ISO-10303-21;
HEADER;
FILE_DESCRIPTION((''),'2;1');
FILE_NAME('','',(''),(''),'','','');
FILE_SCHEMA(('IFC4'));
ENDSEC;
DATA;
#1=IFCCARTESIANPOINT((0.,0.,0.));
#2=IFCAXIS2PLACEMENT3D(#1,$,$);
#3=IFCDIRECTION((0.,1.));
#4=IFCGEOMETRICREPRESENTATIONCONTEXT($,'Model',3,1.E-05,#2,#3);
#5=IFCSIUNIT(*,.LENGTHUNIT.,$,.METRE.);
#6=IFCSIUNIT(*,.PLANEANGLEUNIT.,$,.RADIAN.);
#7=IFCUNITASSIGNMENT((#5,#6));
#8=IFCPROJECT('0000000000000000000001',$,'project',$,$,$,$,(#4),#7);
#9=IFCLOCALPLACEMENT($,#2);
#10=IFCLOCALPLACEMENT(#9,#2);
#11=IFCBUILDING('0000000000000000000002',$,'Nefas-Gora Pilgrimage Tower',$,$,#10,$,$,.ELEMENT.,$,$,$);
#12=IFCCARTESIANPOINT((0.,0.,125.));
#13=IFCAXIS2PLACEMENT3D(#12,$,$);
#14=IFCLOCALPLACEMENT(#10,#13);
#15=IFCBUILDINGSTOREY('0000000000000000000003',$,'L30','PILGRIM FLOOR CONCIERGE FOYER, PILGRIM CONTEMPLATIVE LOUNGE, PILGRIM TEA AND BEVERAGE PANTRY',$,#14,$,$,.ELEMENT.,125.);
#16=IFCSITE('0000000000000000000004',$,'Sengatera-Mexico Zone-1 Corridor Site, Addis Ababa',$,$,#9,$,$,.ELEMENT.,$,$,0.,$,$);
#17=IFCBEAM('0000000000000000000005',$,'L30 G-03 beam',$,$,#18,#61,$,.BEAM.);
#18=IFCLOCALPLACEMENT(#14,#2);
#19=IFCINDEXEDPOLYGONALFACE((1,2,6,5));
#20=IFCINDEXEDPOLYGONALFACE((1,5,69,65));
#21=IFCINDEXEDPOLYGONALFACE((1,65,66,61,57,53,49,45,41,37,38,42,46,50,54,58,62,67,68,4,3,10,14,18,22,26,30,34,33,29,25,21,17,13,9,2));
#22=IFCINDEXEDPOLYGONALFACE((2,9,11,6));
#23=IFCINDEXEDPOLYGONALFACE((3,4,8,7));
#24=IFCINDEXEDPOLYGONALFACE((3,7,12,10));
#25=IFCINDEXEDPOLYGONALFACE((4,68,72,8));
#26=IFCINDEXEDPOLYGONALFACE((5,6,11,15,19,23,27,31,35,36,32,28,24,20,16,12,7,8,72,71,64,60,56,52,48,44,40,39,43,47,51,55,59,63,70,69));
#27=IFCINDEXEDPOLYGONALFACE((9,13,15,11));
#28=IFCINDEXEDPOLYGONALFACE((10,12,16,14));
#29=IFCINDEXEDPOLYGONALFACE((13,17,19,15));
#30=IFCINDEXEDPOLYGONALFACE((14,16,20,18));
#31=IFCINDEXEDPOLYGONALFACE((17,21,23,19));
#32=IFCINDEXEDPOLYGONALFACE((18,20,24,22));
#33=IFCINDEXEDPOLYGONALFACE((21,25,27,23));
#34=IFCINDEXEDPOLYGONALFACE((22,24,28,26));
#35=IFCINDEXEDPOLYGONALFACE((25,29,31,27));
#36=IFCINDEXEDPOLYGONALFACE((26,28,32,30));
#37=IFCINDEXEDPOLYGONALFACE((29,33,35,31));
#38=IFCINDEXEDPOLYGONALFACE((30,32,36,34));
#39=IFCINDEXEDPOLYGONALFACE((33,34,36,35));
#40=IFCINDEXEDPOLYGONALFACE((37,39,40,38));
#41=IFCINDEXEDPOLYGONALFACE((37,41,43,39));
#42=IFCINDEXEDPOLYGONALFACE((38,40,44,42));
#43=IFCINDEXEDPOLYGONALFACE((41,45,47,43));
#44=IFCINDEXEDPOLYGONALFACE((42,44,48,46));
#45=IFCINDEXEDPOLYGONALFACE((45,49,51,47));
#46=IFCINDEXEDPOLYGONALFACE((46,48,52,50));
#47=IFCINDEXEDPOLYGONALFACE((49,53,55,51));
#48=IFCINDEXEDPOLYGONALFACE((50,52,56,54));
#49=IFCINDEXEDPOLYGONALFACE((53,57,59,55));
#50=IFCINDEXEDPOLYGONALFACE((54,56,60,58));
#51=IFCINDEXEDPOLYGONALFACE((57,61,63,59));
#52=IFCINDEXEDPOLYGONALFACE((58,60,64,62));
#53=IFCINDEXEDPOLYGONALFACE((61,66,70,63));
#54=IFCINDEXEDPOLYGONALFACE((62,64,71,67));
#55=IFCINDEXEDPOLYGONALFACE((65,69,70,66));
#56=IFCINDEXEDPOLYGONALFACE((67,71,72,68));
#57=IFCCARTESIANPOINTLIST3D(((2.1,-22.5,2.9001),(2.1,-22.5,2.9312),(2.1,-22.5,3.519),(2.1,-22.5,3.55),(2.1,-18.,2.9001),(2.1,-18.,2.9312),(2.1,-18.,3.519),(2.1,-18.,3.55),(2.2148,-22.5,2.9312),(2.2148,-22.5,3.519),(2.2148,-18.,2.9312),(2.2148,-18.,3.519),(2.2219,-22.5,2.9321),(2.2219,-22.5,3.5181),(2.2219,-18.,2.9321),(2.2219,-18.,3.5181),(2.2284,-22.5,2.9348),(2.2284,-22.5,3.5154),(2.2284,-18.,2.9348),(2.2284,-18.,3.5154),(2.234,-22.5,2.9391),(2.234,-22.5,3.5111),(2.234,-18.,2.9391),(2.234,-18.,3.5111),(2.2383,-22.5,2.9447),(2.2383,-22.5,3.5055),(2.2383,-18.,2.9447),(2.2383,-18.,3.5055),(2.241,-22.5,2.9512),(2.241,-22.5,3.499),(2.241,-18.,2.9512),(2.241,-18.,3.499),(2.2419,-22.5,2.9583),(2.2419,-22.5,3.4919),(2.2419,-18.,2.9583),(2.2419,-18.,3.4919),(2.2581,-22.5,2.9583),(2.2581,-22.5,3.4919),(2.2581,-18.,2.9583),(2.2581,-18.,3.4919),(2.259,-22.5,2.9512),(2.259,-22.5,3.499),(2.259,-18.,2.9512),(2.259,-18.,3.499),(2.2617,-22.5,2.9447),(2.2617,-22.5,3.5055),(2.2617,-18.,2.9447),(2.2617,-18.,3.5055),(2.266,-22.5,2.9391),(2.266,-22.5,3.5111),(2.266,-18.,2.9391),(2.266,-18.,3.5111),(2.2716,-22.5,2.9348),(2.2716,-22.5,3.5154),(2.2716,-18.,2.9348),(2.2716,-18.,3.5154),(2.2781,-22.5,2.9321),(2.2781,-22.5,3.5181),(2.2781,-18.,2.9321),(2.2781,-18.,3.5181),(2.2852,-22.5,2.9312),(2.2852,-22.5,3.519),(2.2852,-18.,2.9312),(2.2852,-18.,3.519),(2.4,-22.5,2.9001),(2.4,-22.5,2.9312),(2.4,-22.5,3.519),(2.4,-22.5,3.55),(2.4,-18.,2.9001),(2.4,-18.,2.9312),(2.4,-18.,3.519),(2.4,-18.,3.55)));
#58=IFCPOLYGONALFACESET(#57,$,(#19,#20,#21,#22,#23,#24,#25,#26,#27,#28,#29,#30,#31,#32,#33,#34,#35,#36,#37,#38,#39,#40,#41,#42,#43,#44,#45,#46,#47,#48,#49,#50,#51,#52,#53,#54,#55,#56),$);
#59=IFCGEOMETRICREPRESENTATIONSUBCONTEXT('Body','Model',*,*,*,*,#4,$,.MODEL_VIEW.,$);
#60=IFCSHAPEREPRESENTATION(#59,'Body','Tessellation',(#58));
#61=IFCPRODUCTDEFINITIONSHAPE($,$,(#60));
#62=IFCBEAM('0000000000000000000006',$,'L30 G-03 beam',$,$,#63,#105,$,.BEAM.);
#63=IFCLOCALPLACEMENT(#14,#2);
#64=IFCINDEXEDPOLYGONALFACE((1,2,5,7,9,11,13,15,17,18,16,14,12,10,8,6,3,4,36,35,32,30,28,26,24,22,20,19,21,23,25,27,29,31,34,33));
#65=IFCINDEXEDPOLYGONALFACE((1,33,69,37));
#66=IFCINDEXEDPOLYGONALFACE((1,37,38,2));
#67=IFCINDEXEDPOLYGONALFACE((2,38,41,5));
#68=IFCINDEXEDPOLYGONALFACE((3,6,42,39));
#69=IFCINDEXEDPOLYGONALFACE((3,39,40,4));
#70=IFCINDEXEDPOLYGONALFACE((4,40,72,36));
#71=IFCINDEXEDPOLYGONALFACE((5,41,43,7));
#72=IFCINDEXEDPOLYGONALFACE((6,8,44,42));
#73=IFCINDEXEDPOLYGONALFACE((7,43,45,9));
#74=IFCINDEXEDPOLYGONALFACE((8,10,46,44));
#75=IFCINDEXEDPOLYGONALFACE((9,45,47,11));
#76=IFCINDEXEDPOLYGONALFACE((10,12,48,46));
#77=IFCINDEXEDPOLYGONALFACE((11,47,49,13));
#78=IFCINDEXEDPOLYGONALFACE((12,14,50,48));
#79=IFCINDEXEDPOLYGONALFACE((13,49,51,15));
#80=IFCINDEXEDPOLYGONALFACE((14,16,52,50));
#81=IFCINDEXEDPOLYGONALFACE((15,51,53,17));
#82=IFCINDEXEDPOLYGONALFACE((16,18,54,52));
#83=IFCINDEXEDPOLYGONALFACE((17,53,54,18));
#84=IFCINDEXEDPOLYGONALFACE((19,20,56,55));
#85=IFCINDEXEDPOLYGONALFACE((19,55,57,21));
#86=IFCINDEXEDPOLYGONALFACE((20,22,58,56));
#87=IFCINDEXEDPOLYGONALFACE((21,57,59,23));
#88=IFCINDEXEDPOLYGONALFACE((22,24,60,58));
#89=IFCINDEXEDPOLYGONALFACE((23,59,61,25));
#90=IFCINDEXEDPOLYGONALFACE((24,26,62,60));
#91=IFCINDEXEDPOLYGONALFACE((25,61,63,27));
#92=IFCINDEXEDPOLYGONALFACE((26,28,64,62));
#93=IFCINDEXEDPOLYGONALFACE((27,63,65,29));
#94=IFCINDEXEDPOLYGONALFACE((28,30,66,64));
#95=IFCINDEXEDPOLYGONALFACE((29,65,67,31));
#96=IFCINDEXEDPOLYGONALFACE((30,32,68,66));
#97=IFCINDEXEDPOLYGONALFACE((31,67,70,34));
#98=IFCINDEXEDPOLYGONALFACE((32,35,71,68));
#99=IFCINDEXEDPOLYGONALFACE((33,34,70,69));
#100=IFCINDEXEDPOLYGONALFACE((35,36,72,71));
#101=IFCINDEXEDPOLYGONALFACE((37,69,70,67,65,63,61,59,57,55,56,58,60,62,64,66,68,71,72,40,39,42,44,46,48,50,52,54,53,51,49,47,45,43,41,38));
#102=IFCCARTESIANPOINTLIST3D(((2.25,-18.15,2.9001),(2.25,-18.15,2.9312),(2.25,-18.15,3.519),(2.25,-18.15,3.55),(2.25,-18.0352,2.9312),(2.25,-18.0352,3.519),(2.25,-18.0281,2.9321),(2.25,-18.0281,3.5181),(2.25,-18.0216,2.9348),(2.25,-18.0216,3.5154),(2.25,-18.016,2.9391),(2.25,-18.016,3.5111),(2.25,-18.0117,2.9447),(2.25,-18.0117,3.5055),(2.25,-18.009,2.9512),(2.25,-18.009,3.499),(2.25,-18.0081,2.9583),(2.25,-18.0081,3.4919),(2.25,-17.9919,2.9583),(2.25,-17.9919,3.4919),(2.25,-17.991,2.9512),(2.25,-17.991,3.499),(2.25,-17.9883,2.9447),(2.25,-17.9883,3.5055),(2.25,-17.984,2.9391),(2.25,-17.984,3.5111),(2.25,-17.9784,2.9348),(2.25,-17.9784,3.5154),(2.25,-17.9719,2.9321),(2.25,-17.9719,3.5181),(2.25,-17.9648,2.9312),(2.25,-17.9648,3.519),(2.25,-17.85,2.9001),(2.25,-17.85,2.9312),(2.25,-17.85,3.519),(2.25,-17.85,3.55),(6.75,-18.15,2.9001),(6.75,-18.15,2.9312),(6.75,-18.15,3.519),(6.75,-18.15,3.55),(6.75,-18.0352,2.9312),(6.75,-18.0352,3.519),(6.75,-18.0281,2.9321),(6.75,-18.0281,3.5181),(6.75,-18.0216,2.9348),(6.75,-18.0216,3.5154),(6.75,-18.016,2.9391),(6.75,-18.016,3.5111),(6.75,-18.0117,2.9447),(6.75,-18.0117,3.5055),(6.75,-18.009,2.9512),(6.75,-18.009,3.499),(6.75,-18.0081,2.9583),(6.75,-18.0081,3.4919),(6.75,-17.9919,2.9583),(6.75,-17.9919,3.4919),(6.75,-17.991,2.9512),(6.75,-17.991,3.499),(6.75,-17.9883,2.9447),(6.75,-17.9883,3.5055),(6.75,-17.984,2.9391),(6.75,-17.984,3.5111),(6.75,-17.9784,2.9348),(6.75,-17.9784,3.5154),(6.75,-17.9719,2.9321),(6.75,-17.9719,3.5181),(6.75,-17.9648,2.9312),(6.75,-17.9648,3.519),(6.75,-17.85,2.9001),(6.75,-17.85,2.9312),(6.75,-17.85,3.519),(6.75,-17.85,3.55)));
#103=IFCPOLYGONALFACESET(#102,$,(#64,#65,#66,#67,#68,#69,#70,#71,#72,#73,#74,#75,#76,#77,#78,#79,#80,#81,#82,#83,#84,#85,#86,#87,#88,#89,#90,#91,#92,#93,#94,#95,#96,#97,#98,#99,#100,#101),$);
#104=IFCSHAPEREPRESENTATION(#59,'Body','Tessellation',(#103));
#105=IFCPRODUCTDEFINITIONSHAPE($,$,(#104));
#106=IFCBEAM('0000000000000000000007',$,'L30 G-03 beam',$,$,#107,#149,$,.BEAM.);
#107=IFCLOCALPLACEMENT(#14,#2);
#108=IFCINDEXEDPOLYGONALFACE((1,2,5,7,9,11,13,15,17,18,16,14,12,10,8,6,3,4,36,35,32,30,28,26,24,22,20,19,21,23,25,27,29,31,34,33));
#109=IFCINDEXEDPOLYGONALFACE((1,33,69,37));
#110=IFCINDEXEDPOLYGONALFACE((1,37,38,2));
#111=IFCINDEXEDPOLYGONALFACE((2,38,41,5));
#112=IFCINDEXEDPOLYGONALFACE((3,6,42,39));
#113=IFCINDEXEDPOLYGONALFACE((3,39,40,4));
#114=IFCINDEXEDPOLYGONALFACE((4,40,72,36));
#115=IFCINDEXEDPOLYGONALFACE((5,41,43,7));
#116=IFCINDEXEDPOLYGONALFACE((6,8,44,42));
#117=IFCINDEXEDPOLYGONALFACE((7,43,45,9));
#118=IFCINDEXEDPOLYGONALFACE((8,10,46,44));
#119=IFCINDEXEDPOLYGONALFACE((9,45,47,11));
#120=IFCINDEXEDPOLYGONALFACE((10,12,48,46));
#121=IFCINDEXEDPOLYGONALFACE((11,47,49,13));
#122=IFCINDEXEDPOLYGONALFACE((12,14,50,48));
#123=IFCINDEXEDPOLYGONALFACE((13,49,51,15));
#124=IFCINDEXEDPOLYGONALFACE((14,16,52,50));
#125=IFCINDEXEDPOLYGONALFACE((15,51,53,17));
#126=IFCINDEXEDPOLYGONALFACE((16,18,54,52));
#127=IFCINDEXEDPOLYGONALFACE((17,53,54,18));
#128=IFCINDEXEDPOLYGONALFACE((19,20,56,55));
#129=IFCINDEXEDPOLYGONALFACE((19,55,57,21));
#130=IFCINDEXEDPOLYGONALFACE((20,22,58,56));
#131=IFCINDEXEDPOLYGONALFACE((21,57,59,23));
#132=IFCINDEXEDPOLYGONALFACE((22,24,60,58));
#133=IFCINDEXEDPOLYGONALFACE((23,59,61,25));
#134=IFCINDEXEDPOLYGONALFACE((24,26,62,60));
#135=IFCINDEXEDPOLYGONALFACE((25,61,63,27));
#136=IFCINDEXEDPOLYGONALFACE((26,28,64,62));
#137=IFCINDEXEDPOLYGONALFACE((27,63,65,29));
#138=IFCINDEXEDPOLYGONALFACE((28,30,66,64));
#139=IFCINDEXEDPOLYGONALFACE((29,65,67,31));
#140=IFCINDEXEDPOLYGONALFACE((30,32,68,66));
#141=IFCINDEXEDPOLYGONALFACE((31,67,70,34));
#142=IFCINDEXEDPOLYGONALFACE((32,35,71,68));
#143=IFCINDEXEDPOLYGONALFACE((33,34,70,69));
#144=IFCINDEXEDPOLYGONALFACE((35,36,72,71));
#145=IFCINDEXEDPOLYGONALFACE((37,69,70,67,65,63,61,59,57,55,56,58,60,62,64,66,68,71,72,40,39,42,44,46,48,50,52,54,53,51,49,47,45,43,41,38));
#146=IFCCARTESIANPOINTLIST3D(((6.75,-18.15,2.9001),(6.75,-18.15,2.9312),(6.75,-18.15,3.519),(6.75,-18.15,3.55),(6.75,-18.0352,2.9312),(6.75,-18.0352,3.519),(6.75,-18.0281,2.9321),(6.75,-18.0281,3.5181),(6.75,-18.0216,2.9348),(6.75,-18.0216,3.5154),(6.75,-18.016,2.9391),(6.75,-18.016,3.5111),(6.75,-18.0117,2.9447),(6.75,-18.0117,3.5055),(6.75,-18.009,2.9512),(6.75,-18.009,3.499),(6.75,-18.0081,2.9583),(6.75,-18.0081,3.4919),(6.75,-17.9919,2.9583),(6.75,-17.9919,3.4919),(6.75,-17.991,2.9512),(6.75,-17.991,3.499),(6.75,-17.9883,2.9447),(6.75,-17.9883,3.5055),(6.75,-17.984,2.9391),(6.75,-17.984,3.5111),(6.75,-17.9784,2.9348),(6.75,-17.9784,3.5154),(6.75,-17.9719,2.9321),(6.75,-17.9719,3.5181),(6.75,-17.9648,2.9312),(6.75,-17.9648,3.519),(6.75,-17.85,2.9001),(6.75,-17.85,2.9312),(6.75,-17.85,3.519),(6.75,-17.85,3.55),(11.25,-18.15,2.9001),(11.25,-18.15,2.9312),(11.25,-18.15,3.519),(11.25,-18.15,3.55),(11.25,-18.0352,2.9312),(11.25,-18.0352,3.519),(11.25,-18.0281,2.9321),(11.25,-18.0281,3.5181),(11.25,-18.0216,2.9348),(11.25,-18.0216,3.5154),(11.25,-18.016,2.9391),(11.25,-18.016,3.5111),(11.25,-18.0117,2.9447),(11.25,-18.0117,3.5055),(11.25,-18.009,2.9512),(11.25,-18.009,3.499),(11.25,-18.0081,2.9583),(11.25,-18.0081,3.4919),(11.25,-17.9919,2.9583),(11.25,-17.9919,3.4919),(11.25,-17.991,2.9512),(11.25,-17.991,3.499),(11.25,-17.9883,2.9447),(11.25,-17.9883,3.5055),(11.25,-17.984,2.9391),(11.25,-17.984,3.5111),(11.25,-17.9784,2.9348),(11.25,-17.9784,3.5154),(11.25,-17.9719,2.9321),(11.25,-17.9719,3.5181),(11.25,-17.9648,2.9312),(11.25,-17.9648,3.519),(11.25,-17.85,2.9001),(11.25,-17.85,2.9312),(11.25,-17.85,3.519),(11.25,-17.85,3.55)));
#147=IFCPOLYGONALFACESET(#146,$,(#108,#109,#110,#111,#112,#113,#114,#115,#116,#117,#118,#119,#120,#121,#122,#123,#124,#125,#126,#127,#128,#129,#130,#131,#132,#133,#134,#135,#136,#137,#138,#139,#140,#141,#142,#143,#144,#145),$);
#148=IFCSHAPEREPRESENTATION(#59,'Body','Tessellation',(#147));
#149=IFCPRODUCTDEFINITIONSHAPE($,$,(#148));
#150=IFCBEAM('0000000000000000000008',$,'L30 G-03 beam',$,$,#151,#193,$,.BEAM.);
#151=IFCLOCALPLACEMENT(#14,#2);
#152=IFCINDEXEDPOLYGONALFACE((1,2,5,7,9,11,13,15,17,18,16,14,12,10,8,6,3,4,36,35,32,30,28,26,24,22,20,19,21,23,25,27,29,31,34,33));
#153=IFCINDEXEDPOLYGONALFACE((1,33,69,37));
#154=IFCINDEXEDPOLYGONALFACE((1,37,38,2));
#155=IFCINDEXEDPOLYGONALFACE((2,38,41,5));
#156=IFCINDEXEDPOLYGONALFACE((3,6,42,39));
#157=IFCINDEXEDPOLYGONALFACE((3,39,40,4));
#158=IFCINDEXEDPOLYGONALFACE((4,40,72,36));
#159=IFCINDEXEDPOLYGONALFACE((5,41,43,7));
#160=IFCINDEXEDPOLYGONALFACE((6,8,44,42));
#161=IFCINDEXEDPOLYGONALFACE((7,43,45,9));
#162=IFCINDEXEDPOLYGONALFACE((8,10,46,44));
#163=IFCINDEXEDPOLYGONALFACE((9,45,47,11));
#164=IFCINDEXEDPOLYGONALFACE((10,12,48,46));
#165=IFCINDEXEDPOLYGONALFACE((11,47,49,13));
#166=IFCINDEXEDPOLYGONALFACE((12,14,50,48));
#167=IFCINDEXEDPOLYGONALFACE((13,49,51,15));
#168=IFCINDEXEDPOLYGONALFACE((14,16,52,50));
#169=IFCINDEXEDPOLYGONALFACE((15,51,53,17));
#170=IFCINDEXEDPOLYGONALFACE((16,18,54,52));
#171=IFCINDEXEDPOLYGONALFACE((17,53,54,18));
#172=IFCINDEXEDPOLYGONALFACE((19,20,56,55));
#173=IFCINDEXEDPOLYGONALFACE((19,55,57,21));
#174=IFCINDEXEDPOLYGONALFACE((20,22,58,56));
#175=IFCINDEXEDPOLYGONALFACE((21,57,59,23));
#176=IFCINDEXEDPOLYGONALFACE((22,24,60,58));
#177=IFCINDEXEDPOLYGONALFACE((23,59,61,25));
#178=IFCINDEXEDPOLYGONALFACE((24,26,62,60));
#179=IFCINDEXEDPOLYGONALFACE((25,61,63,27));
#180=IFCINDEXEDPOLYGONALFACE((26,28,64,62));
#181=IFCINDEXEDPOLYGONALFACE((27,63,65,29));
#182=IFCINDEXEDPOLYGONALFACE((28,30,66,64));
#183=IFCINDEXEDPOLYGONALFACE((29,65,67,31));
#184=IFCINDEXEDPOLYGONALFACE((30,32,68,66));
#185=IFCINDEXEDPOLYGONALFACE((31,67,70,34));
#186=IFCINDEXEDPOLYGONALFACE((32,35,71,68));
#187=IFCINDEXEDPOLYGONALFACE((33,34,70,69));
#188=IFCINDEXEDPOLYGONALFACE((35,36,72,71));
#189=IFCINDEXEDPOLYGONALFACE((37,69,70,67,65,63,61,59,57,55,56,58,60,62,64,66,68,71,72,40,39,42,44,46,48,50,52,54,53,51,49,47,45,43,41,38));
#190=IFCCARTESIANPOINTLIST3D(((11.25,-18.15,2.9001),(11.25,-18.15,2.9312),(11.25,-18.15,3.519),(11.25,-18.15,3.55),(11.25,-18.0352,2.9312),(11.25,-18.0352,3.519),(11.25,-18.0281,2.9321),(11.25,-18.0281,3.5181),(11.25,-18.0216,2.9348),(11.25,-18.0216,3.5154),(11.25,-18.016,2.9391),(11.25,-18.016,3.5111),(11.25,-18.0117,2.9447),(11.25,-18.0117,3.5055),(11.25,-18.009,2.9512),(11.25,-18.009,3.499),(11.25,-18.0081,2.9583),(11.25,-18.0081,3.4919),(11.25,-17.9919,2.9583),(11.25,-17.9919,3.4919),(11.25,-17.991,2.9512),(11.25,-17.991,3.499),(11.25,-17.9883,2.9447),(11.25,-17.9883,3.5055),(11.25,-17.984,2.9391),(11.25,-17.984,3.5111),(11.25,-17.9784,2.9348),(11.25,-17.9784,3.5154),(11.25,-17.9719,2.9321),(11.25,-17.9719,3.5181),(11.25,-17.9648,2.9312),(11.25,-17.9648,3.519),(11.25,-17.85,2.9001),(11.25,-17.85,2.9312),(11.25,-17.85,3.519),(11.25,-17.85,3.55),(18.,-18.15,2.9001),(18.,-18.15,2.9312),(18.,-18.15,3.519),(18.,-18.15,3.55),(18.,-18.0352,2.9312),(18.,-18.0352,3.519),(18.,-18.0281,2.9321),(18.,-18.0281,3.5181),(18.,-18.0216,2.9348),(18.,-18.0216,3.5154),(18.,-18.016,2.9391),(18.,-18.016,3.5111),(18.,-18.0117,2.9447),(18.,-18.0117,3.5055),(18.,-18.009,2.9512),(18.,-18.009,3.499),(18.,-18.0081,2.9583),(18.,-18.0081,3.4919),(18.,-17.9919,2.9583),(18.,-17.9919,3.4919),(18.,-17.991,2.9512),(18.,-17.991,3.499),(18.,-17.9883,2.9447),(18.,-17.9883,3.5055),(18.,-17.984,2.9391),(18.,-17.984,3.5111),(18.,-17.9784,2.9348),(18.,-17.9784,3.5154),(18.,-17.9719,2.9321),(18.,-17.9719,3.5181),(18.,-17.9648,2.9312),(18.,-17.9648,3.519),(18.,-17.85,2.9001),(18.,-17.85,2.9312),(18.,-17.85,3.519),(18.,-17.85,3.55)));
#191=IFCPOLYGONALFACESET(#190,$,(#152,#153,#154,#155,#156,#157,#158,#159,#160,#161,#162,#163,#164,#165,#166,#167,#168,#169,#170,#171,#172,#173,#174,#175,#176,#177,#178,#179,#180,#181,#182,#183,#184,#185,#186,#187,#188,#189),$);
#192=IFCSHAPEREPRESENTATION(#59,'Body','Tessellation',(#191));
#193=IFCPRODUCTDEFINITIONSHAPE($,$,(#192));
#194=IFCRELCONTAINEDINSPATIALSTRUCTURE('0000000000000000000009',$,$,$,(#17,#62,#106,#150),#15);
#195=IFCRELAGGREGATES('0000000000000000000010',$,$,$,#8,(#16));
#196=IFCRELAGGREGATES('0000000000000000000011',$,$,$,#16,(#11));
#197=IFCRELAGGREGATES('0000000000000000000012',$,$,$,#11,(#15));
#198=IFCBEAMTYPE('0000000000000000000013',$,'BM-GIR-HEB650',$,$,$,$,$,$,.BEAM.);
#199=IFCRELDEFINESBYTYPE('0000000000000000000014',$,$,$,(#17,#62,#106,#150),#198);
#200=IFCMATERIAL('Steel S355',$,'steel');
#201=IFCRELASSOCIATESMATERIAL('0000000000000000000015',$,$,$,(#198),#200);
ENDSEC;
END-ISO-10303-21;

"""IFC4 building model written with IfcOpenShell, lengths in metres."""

from ifc_helpers import new_model, si_unit, direction, frame, origin, origin_2d, place, context, subcontext, project, spatial, i_section, extrude, source, transform, mapped, material, material_profile, profile_set, type_object, element, save


model = new_model("IFC4")

# Units and contexts
model_context = context("Model", 3, precision=1e-05, world=origin(), true_north=direction((0.0, 1.0)))
body_context = subcontext(model_context, "Body", "Model", "MODEL_VIEW")
ifc_project = project(units=[si_unit("LENGTHUNIT", "METRE"), si_unit("PLANEANGLEUNIT", "RADIAN")], contexts=[model_context])

# Site, building, storey
site_placement = place(None, origin())
site = spatial("IfcSite", under=ifc_project, at=site_placement, Name="Sengatera-Mexico Zone-1 Corridor Site, Addis Ababa", CompositionType="ELEMENT", RefElevation=0.0)
building_placement = place(site_placement, origin())
building = spatial("IfcBuilding", under=site, at=building_placement, Name="Nefas-Gora Pilgrimage Tower", CompositionType="ELEMENT")
storey_placement = place(building_placement, frame((0.0, 0.0, 125.0)))
storey = spatial("IfcBuildingStorey", under=building, at=storey_placement, Name="L30", Description="PILGRIM FLOOR CONCIERGE FOYER, PILGRIM CONTEMPLATIVE LOUNGE, PILGRIM TEA AND BEVERAGE PANTRY", CompositionType="ELEMENT", Elevation=125.0)

# Beams
ifc_material_1 = material(Name="Steel S355", Category="steel")
ifc_material_profile_1 = material_profile(ifc_material_1, i_section(OverallWidth=0.3, OverallDepth=0.6499, WebThickness=0.0161, FlangeThickness=0.031, FilletRadius=0.0271, at=origin_2d()), Name="HEB 650")
ifc_profile_set_1 = profile_set([ifc_material_profile_1], Name="Steel S355")
beam_type_1 = type_object("IfcBeamType", Name="BM-GIR-HEB650", PredefinedType="BEAM", material=ifc_profile_set_1)
shared_shape_1 = source(origin(), body_context, "Body", "SweptSolid", [
    extrude(i_section(OverallWidth=0.3, OverallDepth=0.6499, WebThickness=0.0161, FlangeThickness=0.031, FilletRadius=0.0271, at=origin_2d()), origin(), (0.0, 0.0, 1.0), 4.5),
])
for number, where, z_axis, x_axis, name in (
    (1, (2.25, -22.5, 3.2251), (0.0, 1.0, 0.0), (-1.0, 0.0, 0.0), "L30 G-03 beam"),
    (2, (2.25, -18.0, 3.2251), (1.0, 0.0, 0.0), (0.0, 1.0, 0.0), "L30 G-03 beam"),
    (3, (6.75, -18.0, 3.2251), (1.0, 0.0, 0.0), (0.0, 1.0, 0.0), "L30 G-03 beam"),
):
    element("IfcBeam", number, at=place(storey_placement, frame(where, z_axis=z_axis, x_axis=x_axis)), inside=storey, type_object=beam_type_1, Name=name, PredefinedType="BEAM", context=body_context, shape_type="MappedRepresentation", body=[
        mapped(shared_shape_1, transform((0.0, 0.0, 0.0), x_axis=(1.0, 0.0, 0.0), y_axis=(0.0, 1.0, 0.0), z_axis=(0.0, 0.0, 1.0), scale=1.0)),
    ])
shared_shape_2 = source(origin(), body_context, "Body", "SweptSolid", [
    extrude(i_section(OverallWidth=0.3, OverallDepth=0.6499, WebThickness=0.0161, FlangeThickness=0.031, FilletRadius=0.0271, at=origin_2d()), origin(), (0.0, 0.0, 1.0), 6.75),
])
beam_1_placement = place(storey_placement, frame((11.25, -18.0, 3.2251), z_axis=(1.0, 0.0, 0.0), x_axis=(0.0, 1.0, 0.0)))
element("IfcBeam", 4, at=beam_1_placement, inside=storey, type_object=beam_type_1, Name="L30 G-03 beam", PredefinedType="BEAM", context=body_context, shape_type="MappedRepresentation", body=[
    mapped(shared_shape_2, transform((0.0, 0.0, 0.0), x_axis=(1.0, 0.0, 0.0), y_axis=(0.0, 1.0, 0.0), z_axis=(0.0, 0.0, 1.0), scale=1.0)),
])

save(model, "model.ifc")
